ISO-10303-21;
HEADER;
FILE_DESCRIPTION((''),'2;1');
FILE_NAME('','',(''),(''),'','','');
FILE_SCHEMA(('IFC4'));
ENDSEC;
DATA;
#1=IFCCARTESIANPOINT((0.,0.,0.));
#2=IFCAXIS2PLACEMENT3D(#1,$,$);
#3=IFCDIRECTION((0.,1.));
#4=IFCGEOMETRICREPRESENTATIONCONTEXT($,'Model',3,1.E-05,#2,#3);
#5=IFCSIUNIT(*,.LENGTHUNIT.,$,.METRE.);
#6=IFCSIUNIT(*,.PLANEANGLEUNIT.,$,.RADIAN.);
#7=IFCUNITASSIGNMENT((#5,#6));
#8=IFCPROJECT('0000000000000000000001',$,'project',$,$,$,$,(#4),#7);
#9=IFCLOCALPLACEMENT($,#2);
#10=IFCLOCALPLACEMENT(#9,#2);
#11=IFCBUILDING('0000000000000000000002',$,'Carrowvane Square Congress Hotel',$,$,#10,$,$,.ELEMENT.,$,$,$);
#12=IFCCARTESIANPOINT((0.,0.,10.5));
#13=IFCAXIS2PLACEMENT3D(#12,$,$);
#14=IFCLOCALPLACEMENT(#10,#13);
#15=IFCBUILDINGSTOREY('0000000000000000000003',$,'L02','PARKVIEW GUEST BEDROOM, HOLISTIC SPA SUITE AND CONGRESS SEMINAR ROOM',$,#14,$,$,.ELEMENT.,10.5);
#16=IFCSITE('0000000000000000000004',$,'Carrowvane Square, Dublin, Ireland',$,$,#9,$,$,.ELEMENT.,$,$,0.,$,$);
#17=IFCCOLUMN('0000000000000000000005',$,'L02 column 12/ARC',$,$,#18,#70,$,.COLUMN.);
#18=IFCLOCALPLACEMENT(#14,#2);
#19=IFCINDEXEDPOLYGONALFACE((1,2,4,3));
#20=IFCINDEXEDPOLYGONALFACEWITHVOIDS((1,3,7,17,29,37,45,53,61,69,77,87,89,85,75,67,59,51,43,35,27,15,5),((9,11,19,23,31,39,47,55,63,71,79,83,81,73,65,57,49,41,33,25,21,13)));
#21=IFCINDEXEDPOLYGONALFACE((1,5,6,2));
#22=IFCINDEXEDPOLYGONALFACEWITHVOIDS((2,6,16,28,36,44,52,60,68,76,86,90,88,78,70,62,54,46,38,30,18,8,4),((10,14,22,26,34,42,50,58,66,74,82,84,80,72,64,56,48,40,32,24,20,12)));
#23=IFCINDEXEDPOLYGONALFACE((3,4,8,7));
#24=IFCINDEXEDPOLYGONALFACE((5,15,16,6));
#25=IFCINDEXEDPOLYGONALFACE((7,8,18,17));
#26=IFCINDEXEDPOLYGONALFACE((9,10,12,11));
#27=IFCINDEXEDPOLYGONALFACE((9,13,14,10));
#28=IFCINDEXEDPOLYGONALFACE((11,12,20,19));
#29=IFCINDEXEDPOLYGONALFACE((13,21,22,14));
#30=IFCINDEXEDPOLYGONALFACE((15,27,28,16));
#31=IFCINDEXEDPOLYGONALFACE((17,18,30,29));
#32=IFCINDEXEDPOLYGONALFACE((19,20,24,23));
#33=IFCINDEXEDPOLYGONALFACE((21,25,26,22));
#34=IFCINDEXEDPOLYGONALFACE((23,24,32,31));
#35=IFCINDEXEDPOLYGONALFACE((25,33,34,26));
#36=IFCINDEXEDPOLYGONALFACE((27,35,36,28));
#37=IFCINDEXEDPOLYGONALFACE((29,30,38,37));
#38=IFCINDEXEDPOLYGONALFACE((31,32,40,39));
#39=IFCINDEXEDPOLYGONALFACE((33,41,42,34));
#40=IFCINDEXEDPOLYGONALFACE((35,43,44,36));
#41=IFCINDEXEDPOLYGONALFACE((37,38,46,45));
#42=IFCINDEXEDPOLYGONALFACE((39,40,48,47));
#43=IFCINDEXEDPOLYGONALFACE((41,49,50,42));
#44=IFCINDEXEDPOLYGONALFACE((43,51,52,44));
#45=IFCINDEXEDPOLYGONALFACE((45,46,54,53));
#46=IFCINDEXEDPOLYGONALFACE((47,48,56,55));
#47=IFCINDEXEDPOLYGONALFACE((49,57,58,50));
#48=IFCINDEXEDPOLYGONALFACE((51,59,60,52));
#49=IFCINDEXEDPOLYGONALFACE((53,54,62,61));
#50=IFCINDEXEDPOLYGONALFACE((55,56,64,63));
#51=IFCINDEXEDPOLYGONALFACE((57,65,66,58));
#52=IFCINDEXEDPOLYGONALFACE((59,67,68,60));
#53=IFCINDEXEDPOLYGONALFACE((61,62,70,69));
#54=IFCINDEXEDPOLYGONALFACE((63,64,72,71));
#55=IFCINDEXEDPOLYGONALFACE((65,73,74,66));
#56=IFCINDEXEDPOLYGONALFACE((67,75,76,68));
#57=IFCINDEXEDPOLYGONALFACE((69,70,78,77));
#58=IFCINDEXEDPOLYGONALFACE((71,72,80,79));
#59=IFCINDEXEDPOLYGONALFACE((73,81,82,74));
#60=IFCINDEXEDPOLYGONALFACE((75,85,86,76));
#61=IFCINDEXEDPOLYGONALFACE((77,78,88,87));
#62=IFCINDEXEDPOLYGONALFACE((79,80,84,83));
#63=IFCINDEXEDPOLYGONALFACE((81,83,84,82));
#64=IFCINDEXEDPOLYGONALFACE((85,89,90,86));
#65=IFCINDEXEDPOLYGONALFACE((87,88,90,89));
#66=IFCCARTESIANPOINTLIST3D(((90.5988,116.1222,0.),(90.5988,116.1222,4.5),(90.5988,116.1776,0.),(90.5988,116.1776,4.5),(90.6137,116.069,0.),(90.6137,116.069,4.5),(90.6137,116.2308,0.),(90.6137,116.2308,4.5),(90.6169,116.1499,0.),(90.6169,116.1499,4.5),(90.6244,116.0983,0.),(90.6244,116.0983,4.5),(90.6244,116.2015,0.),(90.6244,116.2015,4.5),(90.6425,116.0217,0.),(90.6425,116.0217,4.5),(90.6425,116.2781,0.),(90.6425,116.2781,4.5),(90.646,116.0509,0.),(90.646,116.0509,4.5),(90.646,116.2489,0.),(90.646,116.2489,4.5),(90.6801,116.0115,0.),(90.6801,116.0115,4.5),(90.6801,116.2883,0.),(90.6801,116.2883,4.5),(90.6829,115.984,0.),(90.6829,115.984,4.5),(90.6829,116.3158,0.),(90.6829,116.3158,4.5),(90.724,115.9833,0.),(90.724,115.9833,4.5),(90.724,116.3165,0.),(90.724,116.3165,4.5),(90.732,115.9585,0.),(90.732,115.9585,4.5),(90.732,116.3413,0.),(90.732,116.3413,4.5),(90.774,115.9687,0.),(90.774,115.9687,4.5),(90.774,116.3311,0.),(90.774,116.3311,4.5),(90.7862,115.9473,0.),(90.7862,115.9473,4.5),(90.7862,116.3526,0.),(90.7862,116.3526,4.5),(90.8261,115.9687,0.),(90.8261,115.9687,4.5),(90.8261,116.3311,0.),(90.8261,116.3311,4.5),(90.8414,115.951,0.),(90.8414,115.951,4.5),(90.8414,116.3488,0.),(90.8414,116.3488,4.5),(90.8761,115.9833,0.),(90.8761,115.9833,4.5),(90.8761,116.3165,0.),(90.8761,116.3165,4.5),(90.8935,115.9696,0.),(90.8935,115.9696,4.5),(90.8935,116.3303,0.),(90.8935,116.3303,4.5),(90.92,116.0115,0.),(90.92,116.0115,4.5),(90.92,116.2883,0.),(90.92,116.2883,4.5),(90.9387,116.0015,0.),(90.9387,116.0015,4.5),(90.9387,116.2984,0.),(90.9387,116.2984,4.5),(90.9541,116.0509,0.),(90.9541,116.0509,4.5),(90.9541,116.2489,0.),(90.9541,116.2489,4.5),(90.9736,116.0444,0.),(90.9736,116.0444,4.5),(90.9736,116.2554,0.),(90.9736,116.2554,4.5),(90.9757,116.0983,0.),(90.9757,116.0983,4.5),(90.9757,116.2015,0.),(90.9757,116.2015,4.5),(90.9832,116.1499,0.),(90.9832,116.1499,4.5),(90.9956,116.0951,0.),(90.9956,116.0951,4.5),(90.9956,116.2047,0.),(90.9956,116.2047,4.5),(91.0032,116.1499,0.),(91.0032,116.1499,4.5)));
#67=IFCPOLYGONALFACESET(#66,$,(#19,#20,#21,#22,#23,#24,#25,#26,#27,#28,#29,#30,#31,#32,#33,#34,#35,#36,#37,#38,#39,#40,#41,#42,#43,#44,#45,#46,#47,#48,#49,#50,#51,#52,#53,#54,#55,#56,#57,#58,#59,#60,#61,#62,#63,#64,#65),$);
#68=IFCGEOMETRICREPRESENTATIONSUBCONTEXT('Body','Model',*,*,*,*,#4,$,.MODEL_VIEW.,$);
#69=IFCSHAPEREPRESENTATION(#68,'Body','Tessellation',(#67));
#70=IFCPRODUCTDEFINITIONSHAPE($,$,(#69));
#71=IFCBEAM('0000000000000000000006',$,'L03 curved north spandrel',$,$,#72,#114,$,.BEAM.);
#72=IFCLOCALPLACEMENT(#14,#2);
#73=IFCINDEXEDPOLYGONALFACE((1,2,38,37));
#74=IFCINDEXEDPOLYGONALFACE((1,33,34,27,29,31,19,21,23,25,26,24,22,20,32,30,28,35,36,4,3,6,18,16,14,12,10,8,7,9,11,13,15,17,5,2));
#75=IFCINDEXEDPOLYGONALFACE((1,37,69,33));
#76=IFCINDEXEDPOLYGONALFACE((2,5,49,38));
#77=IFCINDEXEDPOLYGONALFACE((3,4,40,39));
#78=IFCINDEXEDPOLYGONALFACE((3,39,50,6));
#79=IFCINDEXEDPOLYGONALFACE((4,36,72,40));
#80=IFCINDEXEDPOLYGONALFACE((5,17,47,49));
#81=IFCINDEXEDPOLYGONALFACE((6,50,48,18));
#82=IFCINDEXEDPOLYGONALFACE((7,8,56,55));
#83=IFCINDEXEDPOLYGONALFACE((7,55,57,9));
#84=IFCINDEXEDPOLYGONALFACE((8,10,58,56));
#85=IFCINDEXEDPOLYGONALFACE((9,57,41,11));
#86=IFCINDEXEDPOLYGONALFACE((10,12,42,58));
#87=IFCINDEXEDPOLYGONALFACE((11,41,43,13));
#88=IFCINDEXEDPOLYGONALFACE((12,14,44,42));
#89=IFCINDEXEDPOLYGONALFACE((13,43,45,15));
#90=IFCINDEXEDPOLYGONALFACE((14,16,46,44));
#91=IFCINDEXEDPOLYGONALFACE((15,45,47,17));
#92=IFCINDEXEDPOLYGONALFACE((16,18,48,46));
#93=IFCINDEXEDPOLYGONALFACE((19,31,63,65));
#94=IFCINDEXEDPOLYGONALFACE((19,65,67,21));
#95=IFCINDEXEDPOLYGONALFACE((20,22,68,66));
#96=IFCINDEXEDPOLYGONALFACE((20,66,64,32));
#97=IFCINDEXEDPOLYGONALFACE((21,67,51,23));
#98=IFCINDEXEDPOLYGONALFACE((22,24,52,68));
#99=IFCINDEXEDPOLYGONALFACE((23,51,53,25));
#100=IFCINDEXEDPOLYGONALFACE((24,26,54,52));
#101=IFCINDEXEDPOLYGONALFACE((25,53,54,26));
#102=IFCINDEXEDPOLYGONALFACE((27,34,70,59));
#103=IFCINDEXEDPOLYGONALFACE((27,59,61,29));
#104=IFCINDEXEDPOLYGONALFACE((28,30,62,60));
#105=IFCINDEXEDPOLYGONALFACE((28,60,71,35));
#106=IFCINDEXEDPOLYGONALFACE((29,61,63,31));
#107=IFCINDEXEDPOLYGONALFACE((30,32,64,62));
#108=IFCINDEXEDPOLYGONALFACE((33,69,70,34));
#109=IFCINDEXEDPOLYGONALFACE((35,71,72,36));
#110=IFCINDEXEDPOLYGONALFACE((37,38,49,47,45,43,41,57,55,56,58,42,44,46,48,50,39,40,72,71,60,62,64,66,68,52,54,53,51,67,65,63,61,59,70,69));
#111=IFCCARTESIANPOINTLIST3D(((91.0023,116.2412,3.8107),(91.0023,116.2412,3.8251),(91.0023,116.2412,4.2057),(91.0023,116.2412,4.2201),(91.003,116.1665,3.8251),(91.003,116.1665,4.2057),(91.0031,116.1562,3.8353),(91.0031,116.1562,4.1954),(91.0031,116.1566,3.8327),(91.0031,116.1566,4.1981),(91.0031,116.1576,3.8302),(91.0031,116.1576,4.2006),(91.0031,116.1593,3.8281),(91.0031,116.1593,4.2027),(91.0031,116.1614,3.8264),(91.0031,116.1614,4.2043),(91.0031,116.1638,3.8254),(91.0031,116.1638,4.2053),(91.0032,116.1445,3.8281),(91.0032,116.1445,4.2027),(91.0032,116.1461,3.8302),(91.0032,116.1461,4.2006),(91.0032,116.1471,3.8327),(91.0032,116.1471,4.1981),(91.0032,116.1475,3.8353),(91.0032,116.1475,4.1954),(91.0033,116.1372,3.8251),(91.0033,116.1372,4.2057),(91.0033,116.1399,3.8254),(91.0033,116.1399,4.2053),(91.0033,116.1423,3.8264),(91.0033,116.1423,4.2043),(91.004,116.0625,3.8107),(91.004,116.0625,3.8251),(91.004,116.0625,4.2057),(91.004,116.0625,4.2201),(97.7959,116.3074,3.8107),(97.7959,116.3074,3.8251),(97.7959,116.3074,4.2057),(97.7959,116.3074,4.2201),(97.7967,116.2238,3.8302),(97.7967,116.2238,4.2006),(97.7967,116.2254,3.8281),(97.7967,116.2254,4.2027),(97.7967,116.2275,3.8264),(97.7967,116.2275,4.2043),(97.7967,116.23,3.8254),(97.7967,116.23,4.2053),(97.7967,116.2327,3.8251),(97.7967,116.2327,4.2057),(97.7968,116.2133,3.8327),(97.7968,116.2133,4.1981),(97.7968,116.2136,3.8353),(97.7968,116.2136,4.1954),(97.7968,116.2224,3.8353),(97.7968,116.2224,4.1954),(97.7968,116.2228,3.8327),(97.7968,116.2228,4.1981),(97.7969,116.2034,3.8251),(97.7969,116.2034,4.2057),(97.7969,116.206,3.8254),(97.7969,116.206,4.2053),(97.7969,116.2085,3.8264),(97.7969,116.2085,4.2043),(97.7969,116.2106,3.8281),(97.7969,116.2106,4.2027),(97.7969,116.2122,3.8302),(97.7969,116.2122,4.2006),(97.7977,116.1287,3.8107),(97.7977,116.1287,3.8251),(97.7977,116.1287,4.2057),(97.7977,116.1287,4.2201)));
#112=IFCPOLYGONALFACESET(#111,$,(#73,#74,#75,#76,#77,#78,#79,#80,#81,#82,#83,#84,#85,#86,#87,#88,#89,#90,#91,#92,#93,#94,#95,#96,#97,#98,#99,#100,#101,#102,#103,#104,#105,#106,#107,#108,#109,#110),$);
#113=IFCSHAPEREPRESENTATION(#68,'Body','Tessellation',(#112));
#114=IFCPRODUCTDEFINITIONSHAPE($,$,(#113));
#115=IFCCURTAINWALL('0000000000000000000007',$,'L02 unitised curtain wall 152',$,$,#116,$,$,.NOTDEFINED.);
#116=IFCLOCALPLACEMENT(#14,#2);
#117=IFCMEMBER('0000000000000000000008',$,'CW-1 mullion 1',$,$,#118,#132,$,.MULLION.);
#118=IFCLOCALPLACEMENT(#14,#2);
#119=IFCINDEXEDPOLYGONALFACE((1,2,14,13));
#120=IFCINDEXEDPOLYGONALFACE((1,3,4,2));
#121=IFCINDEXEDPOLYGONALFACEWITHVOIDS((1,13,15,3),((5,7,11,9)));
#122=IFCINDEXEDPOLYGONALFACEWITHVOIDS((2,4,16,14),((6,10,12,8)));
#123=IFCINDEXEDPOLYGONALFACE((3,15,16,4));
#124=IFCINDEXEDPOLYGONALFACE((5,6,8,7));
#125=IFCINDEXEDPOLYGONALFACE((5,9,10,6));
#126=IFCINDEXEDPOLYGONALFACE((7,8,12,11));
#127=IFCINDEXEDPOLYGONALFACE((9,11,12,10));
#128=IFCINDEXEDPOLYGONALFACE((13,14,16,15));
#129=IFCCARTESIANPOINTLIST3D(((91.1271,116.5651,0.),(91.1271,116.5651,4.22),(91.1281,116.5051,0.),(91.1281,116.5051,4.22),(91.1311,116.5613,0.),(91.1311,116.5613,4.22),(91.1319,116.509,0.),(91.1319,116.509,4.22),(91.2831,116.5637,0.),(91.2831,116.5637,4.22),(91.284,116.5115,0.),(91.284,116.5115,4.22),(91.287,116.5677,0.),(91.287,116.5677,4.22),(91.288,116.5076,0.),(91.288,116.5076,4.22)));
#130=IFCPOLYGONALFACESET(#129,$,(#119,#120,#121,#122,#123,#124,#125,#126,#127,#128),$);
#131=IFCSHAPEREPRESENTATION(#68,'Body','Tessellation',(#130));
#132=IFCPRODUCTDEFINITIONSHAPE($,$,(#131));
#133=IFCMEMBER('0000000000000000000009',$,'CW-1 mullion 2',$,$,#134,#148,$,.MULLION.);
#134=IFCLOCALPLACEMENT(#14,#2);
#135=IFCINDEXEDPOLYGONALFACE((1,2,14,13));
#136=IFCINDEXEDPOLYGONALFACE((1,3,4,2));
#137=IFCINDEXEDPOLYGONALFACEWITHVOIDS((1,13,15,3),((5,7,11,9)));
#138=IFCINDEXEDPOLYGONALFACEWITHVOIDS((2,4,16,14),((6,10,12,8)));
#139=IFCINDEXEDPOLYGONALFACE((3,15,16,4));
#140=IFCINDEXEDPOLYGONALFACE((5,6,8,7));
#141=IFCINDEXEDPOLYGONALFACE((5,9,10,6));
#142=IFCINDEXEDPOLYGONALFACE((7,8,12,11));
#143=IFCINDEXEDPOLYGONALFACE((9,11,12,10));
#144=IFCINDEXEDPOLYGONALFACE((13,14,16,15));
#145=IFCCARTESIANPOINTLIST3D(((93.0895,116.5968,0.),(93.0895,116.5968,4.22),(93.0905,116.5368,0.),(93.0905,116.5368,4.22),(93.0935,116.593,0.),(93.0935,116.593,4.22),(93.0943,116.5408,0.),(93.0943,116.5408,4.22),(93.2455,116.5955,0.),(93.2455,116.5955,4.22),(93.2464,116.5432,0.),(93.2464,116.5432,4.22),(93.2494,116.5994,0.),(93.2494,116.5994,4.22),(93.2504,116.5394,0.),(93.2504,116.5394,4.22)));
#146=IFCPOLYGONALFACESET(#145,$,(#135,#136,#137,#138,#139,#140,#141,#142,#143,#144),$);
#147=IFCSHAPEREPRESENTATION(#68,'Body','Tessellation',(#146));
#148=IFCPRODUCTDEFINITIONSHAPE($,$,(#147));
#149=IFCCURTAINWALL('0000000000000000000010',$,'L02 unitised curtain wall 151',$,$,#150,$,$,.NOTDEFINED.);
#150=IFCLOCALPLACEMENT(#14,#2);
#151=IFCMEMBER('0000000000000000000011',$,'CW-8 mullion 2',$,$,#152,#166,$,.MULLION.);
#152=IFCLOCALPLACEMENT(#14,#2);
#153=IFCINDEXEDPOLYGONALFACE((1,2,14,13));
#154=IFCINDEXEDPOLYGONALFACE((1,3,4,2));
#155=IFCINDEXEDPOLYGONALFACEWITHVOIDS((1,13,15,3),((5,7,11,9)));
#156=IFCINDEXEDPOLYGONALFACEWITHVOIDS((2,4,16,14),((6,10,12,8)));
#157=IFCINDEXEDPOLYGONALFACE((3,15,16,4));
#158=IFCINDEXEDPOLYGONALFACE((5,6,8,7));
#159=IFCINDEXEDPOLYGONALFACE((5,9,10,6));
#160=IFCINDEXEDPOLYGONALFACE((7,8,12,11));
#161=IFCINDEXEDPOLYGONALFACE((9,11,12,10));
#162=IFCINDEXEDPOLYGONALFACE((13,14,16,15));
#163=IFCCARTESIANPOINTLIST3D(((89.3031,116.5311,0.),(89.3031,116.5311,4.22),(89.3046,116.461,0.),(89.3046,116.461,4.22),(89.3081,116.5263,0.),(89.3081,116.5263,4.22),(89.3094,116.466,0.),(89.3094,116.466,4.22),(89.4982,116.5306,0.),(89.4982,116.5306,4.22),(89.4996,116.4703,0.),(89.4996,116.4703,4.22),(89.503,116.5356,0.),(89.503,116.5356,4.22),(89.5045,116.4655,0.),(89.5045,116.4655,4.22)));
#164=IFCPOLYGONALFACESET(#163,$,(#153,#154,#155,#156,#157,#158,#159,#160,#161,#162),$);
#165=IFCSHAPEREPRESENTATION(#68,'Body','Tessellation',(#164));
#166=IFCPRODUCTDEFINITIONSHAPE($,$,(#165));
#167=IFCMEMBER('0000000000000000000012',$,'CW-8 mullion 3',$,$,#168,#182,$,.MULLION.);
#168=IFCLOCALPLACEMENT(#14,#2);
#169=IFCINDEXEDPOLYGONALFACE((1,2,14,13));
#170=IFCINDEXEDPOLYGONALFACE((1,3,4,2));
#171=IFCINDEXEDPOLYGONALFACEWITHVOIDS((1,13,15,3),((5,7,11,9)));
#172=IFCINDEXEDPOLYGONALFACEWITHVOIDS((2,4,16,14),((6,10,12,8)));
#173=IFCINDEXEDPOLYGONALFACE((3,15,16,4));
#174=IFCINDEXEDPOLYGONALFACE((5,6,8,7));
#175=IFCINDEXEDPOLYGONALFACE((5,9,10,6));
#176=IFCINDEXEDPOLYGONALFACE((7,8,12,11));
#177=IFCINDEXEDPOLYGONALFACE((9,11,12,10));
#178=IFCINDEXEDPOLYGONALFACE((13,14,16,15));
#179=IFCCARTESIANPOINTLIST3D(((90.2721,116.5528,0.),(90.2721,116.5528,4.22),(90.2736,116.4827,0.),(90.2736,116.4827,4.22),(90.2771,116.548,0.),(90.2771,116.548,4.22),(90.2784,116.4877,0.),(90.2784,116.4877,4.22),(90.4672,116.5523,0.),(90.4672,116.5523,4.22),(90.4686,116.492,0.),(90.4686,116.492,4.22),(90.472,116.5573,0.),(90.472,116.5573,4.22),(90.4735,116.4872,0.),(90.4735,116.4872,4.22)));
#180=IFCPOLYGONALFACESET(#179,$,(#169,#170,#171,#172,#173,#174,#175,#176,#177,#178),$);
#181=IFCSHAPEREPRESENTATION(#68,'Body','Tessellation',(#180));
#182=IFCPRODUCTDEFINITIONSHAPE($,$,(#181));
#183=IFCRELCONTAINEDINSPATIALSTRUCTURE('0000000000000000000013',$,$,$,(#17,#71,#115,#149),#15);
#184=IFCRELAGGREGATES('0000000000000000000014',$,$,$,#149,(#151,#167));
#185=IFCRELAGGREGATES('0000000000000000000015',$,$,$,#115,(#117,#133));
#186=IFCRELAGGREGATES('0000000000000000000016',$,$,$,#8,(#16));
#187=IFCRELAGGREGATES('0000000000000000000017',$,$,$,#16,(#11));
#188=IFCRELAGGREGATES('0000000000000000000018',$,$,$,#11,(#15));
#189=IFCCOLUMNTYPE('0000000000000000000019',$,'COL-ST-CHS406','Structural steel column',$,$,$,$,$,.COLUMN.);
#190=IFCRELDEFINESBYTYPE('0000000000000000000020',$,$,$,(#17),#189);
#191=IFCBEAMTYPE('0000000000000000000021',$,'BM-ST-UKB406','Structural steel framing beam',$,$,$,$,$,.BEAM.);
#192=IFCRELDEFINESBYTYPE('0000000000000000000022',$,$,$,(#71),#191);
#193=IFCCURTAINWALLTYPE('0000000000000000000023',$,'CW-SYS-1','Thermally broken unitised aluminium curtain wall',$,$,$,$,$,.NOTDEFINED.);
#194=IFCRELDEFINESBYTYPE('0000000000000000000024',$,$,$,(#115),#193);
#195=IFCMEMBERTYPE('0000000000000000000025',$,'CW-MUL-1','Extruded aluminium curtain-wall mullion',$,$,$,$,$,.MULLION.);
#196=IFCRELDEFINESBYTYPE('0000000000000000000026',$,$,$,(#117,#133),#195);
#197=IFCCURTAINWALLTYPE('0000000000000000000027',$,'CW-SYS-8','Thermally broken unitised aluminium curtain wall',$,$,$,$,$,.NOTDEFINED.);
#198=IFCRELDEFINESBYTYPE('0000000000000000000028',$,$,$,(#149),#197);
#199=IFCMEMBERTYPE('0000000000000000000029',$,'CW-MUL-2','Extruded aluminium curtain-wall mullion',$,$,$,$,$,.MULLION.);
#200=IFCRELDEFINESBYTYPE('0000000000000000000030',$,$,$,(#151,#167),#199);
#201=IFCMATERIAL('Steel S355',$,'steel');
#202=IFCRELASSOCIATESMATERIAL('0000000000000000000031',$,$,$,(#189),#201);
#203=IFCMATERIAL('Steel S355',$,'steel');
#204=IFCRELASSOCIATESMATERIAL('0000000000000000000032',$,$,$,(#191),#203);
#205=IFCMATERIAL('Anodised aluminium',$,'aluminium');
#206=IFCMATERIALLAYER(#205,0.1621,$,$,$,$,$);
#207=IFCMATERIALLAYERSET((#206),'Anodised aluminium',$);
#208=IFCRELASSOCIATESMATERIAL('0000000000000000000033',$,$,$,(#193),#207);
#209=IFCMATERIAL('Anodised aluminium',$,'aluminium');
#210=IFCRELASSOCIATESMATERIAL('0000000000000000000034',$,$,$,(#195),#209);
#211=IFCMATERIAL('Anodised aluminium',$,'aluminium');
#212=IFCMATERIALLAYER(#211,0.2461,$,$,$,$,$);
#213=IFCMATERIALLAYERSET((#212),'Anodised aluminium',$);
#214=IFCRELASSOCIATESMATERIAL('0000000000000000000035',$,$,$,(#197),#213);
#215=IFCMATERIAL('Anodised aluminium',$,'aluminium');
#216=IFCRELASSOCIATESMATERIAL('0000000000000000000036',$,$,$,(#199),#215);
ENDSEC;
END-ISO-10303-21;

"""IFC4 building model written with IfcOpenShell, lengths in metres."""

from ifc_helpers import new_model, si_unit, direction, frame, origin, origin_2d, place, context, subcontext, project, spatial, hollow_rectangle, hollow_circle, i_section, extrude, material, layer, layer_set, material_profile, profile_set, type_object, element, aggregate, save


model = new_model("IFC4")

# Units and contexts
model_context = context("Model", 3, precision=1e-05, world=origin(), true_north=direction((0.0, 1.0)))
body_context = subcontext(model_context, "Body", "Model", "MODEL_VIEW")
ifc_project = project(units=[si_unit("LENGTHUNIT", "METRE"), si_unit("PLANEANGLEUNIT", "RADIAN")], contexts=[model_context])

# Site, building, storey
site_placement = place(None, origin())
site = spatial("IfcSite", under=ifc_project, at=site_placement, Name="Carrowvane Square, Dublin, Ireland", CompositionType="ELEMENT", RefElevation=0.0)
building_placement = place(site_placement, origin())
building = spatial("IfcBuilding", under=site, at=building_placement, Name="Carrowvane Square Congress Hotel", CompositionType="ELEMENT")
storey_placement = place(building_placement, frame((0.0, 0.0, 10.5)))
storey = spatial("IfcBuildingStorey", under=building, at=storey_placement, Name="L02", Description="PARKVIEW GUEST BEDROOM, HOLISTIC SPA SUITE AND CONGRESS SEMINAR ROOM", CompositionType="ELEMENT", Elevation=10.5)

# Column
ifc_material_1 = material(Name="Steel S355", Category="steel")
ifc_material_profile_1 = material_profile(ifc_material_1, hollow_circle(Radius=0.2031, WallThickness=0.02, at=origin_2d()), Name="CHS 406.4x20")
ifc_profile_set_1 = profile_set([ifc_material_profile_1], Name="Steel S355")
column_type = type_object("IfcColumnType", Name="COL-ST-CHS406", Description="Structural steel column", PredefinedType="COLUMN", material=ifc_profile_set_1)
column_placement = place(storey_placement, frame((90.8, 116.1499, 0.0), z_axis=(0.0, 0.0, 1.0), x_axis=(1.0, 0.0, 0.0)))
element("IfcColumn", 1, at=column_placement, inside=storey, type_object=column_type, Name="L02 column 12/ARC", PredefinedType="COLUMN", context=body_context, shape_type="SweptSolid", body=[
    extrude(hollow_circle(Radius=0.2031, WallThickness=0.02, at=origin_2d()), origin(), (0.0, 0.0, 1.0), 4.5),
])

# Beam
ifc_material_2 = material(Name="Steel S355", Category="steel")
ifc_material_profile_2 = material_profile(ifc_material_2, i_section(OverallWidth=0.1787, OverallDepth=0.4094, WebThickness=0.0088, FlangeThickness=0.0144, FilletRadius=0.0103, at=origin_2d()), Name="UKB 406x178x67")
ifc_profile_set_2 = profile_set([ifc_material_profile_2], Name="Steel S355")
beam_type = type_object("IfcBeamType", Name="BM-ST-UKB406", Description="Structural steel framing beam", PredefinedType="BEAM", material=ifc_profile_set_2)
beam_placement = place(storey_placement, frame((91.0032, 116.1519, 4.0154), z_axis=(0.999953, 0.009738, 0.0), x_axis=(-0.009738, 0.999953, 0.0)))
element("IfcBeam", 2, at=beam_placement, inside=storey, type_object=beam_type, Name="L03 curved north spandrel", PredefinedType="BEAM", context=body_context, shape_type="SweptSolid", body=[
    extrude(i_section(OverallWidth=0.1787, OverallDepth=0.4094, WebThickness=0.0088, FlangeThickness=0.0144, FilletRadius=0.0103, at=origin_2d()), origin(), (0.0, 0.0, 1.0), 6.7939),
])

# Curtain walls, members
ifc_material_3 = material(Name="Anodised aluminium", Category="aluminium")
ifc_layer_1 = layer(ifc_material_3, 0.1621)
ifc_layer_set_1 = layer_set([ifc_layer_1], Name="Anodised aluminium")
curtain_wall_type_1 = type_object("IfcCurtainWallType", Name="CW-SYS-1", Description="Thermally broken unitised aluminium curtain wall", PredefinedType="NOTDEFINED", material=ifc_layer_set_1)
curtain_wall_1_placement = place(storey_placement, origin())
curtain_wall_1 = element("IfcCurtainWall", 3, at=curtain_wall_1_placement, inside=storey, type_object=curtain_wall_type_1, Name="L02 unitised curtain wall 152", PredefinedType="NOTDEFINED")
ifc_material_4 = material(Name="Anodised aluminium", Category="aluminium")
ifc_material_profile_3 = material_profile(ifc_material_4, hollow_rectangle(XDim=0.0601, YDim=0.1599, WallThickness=0.0039, at=origin_2d()), Name="CW-ML 60x160x4")
ifc_profile_set_3 = profile_set([ifc_material_profile_3], Name="Anodised aluminium")
member_type_1 = type_object("IfcMemberType", Name="CW-MUL-1", Description="Extruded aluminium curtain-wall mullion", PredefinedType="MULLION", material=ifc_profile_set_3)
member_1_placement = place(storey_placement, frame((91.2075, 116.5364, 0.0), z_axis=(0.0, 0.0, 1.0), x_axis=(-0.016216, 0.999869, 0.0)))
member_1 = element("IfcMember", 4, at=member_1_placement, type_object=member_type_1, Name="CW-1 mullion 1", PredefinedType="MULLION", context=body_context, shape_type="SweptSolid", body=[
    extrude(hollow_rectangle(XDim=0.0601, YDim=0.1599, WallThickness=0.0039, at=origin_2d()), origin(), (0.0, 0.0, 1.0), 4.22),
])
member_2_placement = place(storey_placement, frame((93.1699, 116.5681, 0.0), z_axis=(0.0, 0.0, 1.0), x_axis=(-0.016216, 0.999869, 0.0)))
member_2 = element("IfcMember", 5, at=member_2_placement, type_object=member_type_1, Name="CW-1 mullion 2", PredefinedType="MULLION", context=body_context, shape_type="SweptSolid", body=[
    extrude(hollow_rectangle(XDim=0.0601, YDim=0.1599, WallThickness=0.0039, at=origin_2d()), origin(), (0.0, 0.0, 1.0), 4.22),
])
ifc_material_5 = material(Name="Anodised aluminium", Category="aluminium")
ifc_layer_2 = layer(ifc_material_5, 0.2461)
ifc_layer_set_2 = layer_set([ifc_layer_2], Name="Anodised aluminium")
curtain_wall_type_2 = type_object("IfcCurtainWallType", Name="CW-SYS-8", Description="Thermally broken unitised aluminium curtain wall", PredefinedType="NOTDEFINED", material=ifc_layer_set_2)
curtain_wall_2_placement = place(storey_placement, origin())
curtain_wall_2 = element("IfcCurtainWall", 6, at=curtain_wall_2_placement, inside=storey, type_object=curtain_wall_type_2, Name="L02 unitised curtain wall 151", PredefinedType="NOTDEFINED")
ifc_material_6 = material(Name="Anodised aluminium", Category="aluminium")
ifc_material_profile_4 = material_profile(ifc_material_6, hollow_rectangle(XDim=0.0701, YDim=0.2, WallThickness=0.0049, at=origin_2d()), Name="CW-ML 70x200x5")
ifc_profile_set_4 = profile_set([ifc_material_profile_4], Name="Anodised aluminium")
member_type_2 = type_object("IfcMemberType", Name="CW-MUL-2", Description="Extruded aluminium curtain-wall mullion", PredefinedType="MULLION", material=ifc_profile_set_4)
member_3_placement = place(storey_placement, frame((89.4038, 116.4983, 0.0), z_axis=(0.0, 0.0, 1.0), x_axis=(-0.022518, 0.999746, 0.0)))
member_3 = element("IfcMember", 7, at=member_3_placement, type_object=member_type_2, Name="CW-8 mullion 2", PredefinedType="MULLION", context=body_context, shape_type="SweptSolid", body=[
    extrude(hollow_rectangle(XDim=0.0701, YDim=0.2, WallThickness=0.0049, at=origin_2d()), origin(), (0.0, 0.0, 1.0), 4.22),
])
member_4_placement = place(storey_placement, frame((90.3728, 116.52, 0.0), z_axis=(0.0, 0.0, 1.0), x_axis=(-0.022518, 0.999746, 0.0)))
member_4 = element("IfcMember", 8, at=member_4_placement, type_object=member_type_2, Name="CW-8 mullion 3", PredefinedType="MULLION", context=body_context, shape_type="SweptSolid", body=[
    extrude(hollow_rectangle(XDim=0.0701, YDim=0.2, WallThickness=0.0049, at=origin_2d()), origin(), (0.0, 0.0, 1.0), 4.22),
])

aggregate(curtain_wall_2, [member_3, member_4])
aggregate(curtain_wall_1, [member_1, member_2])

save(model, "model.ifc")
